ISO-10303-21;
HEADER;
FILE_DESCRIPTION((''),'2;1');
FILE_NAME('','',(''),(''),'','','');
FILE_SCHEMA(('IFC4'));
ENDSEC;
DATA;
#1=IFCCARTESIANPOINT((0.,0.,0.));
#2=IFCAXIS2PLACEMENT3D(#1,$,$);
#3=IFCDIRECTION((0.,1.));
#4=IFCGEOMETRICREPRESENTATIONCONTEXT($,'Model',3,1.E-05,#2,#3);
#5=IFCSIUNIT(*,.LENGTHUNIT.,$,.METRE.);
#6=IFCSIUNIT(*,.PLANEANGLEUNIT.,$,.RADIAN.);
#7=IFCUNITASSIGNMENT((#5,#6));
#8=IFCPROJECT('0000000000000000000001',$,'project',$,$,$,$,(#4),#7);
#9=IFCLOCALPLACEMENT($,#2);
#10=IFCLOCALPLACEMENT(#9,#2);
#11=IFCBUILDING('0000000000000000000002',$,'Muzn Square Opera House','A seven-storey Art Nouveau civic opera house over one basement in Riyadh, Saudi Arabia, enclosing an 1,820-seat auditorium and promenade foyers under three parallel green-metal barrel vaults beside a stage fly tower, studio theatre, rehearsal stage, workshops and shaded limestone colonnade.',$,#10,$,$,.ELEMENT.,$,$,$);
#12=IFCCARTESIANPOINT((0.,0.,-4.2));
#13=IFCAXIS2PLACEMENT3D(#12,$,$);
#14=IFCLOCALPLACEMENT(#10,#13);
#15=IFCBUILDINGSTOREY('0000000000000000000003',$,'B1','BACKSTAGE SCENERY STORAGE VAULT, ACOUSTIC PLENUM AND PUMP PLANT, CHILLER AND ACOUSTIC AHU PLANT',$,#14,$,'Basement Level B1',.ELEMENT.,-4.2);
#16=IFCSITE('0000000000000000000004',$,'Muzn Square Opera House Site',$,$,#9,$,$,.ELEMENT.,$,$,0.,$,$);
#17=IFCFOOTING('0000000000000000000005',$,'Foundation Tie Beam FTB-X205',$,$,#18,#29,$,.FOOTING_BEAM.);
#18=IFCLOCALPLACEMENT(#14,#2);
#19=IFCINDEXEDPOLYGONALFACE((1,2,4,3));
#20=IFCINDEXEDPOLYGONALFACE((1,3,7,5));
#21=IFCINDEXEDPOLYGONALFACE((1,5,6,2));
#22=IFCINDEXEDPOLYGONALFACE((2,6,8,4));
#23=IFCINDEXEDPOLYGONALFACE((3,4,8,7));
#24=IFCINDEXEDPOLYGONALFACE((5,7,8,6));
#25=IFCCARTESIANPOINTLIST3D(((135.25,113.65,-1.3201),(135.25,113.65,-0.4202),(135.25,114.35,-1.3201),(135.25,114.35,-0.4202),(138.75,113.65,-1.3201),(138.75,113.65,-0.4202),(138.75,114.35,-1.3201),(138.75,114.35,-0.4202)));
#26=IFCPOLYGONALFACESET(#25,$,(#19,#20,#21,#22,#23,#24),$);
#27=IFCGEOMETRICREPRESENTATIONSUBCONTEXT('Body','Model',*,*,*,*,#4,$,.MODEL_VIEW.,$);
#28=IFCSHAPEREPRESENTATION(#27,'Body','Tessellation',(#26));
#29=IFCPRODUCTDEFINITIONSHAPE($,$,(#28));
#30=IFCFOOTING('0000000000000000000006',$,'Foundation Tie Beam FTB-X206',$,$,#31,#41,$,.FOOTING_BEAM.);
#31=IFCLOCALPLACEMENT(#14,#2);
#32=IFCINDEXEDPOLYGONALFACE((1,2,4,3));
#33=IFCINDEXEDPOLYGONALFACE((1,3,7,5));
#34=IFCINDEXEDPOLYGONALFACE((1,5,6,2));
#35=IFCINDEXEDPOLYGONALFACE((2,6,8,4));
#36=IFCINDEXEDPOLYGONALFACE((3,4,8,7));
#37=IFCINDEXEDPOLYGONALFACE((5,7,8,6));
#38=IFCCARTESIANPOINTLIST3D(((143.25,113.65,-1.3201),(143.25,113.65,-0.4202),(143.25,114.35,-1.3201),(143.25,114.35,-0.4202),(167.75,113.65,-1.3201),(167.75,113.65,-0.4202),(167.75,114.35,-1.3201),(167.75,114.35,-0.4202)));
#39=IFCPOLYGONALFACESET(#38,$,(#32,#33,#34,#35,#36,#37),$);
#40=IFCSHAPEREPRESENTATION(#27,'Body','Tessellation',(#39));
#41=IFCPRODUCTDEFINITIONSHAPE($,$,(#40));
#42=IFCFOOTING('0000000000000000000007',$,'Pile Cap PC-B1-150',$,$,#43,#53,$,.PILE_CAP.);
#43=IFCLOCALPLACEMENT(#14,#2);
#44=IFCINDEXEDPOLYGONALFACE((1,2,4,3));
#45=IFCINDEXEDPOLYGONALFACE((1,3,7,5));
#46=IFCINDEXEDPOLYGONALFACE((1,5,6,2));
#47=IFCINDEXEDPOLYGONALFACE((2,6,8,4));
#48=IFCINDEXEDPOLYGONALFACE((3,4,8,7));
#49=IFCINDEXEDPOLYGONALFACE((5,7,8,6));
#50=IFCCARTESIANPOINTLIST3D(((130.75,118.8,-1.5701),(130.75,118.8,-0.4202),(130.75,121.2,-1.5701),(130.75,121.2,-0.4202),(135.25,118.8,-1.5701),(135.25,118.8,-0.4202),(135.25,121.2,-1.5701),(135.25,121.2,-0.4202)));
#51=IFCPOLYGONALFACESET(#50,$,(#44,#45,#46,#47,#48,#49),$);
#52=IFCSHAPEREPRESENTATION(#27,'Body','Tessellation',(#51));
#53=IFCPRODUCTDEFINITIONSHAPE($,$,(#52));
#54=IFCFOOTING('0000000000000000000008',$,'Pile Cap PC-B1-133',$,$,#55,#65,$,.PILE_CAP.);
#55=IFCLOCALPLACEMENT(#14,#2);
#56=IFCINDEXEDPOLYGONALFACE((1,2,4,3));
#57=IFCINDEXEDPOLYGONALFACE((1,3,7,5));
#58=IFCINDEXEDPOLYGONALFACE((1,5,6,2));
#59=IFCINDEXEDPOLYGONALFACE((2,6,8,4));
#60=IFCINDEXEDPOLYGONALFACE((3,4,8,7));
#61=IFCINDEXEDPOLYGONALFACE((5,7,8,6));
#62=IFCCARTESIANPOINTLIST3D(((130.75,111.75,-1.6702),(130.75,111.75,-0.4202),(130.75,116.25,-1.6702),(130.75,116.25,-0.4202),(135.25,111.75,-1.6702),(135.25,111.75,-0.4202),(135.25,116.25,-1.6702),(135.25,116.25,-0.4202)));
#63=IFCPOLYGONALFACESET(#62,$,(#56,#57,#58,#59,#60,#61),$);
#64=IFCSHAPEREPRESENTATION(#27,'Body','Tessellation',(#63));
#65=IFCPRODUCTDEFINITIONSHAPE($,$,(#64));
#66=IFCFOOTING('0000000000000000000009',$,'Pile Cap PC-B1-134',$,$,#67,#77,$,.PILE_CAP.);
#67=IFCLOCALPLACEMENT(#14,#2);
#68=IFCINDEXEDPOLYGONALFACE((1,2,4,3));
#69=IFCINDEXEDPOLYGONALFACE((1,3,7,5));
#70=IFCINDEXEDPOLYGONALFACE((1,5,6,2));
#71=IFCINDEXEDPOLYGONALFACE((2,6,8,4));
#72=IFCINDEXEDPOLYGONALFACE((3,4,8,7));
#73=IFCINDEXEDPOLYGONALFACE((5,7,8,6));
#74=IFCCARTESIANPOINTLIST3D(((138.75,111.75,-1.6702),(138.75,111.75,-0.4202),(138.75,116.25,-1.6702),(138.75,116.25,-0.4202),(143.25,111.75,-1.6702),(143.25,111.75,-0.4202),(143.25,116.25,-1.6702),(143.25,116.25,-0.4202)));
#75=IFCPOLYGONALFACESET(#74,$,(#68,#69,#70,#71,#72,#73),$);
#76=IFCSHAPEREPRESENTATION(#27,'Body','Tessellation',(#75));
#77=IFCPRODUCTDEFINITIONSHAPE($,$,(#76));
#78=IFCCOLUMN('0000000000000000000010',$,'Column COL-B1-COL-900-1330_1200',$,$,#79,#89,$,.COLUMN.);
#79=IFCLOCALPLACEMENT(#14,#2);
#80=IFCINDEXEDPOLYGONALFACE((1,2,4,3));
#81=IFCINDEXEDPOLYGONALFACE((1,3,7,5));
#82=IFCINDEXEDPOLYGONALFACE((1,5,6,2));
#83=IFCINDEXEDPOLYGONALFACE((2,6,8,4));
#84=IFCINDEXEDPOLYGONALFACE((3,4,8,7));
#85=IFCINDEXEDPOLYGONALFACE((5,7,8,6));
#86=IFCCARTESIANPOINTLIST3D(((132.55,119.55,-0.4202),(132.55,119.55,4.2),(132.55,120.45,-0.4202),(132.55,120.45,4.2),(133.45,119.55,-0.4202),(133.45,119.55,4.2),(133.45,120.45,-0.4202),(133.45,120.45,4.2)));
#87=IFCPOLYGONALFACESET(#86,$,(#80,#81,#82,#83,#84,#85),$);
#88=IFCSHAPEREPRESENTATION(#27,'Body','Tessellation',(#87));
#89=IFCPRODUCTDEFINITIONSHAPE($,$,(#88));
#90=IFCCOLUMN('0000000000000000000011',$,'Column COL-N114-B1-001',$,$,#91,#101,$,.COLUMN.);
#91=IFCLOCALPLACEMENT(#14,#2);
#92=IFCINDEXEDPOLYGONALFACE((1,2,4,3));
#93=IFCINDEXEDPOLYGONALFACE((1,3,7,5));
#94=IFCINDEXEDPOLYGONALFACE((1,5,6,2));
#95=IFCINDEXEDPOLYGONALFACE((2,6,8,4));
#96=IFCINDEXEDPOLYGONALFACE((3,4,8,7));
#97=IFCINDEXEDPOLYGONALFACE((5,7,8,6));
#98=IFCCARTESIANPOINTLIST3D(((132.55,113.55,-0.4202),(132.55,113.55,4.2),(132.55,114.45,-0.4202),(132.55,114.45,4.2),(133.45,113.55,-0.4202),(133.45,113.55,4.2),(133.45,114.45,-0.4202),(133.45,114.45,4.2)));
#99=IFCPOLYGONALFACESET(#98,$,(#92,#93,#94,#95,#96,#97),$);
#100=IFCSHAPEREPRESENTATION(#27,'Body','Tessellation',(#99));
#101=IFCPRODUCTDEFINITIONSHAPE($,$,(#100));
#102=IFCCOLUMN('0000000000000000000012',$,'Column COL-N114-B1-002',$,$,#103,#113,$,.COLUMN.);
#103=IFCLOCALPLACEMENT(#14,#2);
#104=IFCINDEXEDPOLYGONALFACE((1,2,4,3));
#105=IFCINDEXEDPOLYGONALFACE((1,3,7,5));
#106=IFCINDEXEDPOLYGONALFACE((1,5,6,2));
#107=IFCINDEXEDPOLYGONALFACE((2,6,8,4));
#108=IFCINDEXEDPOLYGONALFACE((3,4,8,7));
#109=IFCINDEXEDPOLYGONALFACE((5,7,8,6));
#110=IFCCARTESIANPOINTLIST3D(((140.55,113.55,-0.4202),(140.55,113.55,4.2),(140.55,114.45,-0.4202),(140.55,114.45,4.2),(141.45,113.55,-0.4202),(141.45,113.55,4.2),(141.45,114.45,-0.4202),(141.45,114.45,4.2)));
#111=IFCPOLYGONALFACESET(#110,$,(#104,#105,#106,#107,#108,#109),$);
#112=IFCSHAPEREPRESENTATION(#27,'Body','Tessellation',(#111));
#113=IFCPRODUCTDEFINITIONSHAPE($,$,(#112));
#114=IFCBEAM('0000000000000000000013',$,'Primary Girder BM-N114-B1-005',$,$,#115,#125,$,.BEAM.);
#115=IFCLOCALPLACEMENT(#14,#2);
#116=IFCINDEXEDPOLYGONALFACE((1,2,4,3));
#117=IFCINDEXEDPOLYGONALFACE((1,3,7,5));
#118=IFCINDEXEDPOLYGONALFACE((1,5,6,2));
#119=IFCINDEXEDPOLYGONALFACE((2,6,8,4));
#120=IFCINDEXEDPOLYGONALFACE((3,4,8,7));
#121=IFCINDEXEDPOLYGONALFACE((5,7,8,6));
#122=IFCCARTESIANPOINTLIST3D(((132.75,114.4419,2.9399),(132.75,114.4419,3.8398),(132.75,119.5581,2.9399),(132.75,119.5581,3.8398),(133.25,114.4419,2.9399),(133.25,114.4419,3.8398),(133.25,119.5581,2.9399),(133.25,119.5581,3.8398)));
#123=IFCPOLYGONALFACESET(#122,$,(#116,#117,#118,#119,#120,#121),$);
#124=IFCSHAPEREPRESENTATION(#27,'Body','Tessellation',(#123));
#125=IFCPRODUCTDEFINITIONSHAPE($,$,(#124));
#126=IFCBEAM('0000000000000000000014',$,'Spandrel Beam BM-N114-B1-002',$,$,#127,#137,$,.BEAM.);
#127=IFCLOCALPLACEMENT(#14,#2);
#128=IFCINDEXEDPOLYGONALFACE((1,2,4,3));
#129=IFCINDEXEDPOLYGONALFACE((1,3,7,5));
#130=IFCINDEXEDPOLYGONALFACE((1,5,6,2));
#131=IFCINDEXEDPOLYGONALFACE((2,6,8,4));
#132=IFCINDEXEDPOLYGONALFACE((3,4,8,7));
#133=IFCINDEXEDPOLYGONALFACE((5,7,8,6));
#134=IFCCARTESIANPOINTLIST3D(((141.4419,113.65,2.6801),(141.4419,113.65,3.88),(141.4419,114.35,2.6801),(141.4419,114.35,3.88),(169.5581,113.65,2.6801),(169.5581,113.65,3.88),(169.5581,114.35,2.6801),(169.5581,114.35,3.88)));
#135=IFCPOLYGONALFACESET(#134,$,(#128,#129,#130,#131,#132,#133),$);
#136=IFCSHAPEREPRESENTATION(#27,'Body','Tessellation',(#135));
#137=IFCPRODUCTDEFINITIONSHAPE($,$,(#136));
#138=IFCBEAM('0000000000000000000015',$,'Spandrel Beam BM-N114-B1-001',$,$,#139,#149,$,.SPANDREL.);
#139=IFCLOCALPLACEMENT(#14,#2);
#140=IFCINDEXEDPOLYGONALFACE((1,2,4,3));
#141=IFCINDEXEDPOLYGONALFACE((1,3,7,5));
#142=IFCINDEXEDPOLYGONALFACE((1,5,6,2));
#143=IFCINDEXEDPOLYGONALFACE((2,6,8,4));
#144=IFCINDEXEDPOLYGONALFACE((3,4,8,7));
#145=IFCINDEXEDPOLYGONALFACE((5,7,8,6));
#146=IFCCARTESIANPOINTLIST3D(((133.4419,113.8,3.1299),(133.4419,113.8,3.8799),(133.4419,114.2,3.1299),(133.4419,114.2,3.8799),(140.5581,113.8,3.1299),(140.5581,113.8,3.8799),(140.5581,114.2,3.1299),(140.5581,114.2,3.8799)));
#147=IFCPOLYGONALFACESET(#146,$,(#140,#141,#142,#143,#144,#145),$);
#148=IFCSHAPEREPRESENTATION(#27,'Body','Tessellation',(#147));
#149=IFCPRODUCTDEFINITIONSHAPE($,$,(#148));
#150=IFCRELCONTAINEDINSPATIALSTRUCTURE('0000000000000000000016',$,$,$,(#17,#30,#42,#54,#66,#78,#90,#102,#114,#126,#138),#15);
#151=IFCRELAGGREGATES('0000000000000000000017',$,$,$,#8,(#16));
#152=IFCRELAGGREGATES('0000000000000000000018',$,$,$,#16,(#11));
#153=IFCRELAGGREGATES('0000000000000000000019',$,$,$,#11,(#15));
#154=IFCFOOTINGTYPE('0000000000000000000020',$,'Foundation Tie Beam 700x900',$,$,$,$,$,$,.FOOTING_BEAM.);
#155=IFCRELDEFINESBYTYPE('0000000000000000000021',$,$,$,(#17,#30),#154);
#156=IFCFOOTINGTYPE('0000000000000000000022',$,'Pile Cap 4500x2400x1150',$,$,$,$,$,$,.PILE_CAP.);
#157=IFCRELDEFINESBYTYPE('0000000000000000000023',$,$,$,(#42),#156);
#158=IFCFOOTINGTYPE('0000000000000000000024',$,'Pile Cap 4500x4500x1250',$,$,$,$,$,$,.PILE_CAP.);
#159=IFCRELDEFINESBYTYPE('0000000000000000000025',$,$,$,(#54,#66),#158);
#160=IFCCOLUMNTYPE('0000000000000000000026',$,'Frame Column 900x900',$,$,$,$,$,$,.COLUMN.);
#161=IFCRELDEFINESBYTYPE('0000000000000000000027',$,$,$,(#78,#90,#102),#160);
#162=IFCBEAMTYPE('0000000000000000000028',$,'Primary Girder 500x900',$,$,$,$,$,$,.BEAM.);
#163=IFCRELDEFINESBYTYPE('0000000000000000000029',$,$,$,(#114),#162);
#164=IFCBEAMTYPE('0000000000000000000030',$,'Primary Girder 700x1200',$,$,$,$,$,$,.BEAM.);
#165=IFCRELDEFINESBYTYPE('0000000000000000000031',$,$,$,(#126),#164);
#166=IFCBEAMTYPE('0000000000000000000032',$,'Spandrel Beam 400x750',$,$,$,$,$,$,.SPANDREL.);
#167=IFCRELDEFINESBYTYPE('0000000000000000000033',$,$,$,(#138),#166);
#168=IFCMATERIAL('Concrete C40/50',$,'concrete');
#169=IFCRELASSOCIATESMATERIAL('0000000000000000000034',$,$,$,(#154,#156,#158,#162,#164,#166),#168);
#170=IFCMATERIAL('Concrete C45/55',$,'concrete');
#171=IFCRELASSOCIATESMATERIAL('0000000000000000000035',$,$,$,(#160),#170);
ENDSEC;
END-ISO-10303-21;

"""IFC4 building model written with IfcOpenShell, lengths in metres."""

from ifc_helpers import new_model, si_unit, direction, frame, origin, origin_2d, place, context, subcontext, project, spatial, rectangle, extrude, material, material_profile, profile_set, type_object, element, save


model = new_model("IFC4")

# Units and contexts
model_context = context("Model", 3, precision=1e-05, world=origin(), true_north=direction((0.0, 1.0)))
body_context = subcontext(model_context, "Body", "Model", "MODEL_VIEW")
ifc_project = project(units=[si_unit("LENGTHUNIT", "METRE"), si_unit("PLANEANGLEUNIT", "RADIAN")], contexts=[model_context])

# Site, building, storey
site_placement = place(None, origin())
site = spatial("IfcSite", under=ifc_project, at=site_placement, Name="Muzn Square Opera House Site", CompositionType="ELEMENT", RefElevation=0.0)
building_placement = place(site_placement, origin())
building = spatial("IfcBuilding", under=site, at=building_placement, Name="Muzn Square Opera House", Description="A seven-storey Art Nouveau civic opera house over one basement in Riyadh, Saudi Arabia, enclosing an 1,820-seat auditorium and promenade foyers under three parallel green-metal barrel vaults beside a stage fly tower, studio theatre, rehearsal stage, workshops and shaded limestone colonnade.", CompositionType="ELEMENT")
storey_placement = place(building_placement, frame((0.0, 0.0, -4.2)))
storey = spatial("IfcBuildingStorey", under=building, at=storey_placement, Name="B1", Description="BACKSTAGE SCENERY STORAGE VAULT, ACOUSTIC PLENUM AND PUMP PLANT, CHILLER AND ACOUSTIC AHU PLANT", LongName="Basement Level B1", CompositionType="ELEMENT", Elevation=-4.2)

# Shared definitions
ifc_material_1 = material(Name="Concrete C40/50", Category="concrete")

# Footings
ifc_material_profile_1 = material_profile(ifc_material_1, rectangle(XDim=0.7, YDim=0.8999, at=origin_2d()), Name="RCTB 700x900", Category="concrete")
ifc_profile_set_1 = profile_set([ifc_material_profile_1], Name="Concrete C40/50")
footing_type_1 = type_object("IfcFootingType", Name="Foundation Tie Beam 700x900", PredefinedType="FOOTING_BEAM", material=ifc_profile_set_1)
footing_1_placement = place(storey_placement, frame((135.25, 114.0, -0.8701), z_axis=(1.0, 0.0, 0.0), x_axis=(0.0, 1.0, 0.0)))
element("IfcFooting", 1, at=footing_1_placement, inside=storey, type_object=footing_type_1, Name="Foundation Tie Beam FTB-X205", PredefinedType="FOOTING_BEAM", context=body_context, shape_type="SweptSolid", body=[
    extrude(rectangle(XDim=0.7, YDim=0.8999, at=origin_2d()), origin(), (0.0, 0.0, 1.0), 3.5),
])
footing_2_placement = place(storey_placement, frame((143.25, 114.0, -0.8701), z_axis=(1.0, 0.0, 0.0), x_axis=(0.0, 1.0, 0.0)))
element("IfcFooting", 2, at=footing_2_placement, inside=storey, type_object=footing_type_1, Name="Foundation Tie Beam FTB-X206", PredefinedType="FOOTING_BEAM", context=body_context, shape_type="SweptSolid", body=[
    extrude(rectangle(XDim=0.7, YDim=0.8999, at=origin_2d()), origin(), (0.0, 0.0, 1.0), 24.5),
])
footing_type_2 = type_object("IfcFootingType", Name="Pile Cap 4500x2400x1150", PredefinedType="PILE_CAP", material=ifc_material_1)
footing_3_placement = place(storey_placement, frame((133.0, 120.0, -1.5701), z_axis=(0.0, 0.0, 1.0), x_axis=(1.0, 0.0, 0.0)))
element("IfcFooting", 3, at=footing_3_placement, inside=storey, type_object=footing_type_2, Name="Pile Cap PC-B1-150", PredefinedType="PILE_CAP", context=body_context, shape_type="SweptSolid", body=[
    extrude(rectangle(XDim=4.5, YDim=2.3999, at=origin_2d()), origin(), (0.0, 0.0, 1.0), 1.1499),
])
footing_type_3 = type_object("IfcFootingType", Name="Pile Cap 4500x4500x1250", PredefinedType="PILE_CAP", material=ifc_material_1)
for number, where, z_axis, x_axis, name in (
    (4, (133.0, 114.0, -1.6702), (0.0, 0.0, 1.0), (1.0, 0.0, 0.0), "Pile Cap PC-B1-133"),
    (5, (141.0, 114.0, -1.6702), (0.0, 0.0, 1.0), (1.0, 0.0, 0.0), "Pile Cap PC-B1-134"),
):
    element("IfcFooting", number, at=place(storey_placement, frame(where, z_axis=z_axis, x_axis=x_axis)), inside=storey, type_object=footing_type_3, Name=name, PredefinedType="PILE_CAP", context=body_context, shape_type="SweptSolid", body=[
        extrude(rectangle(XDim=4.5, YDim=4.5, at=origin_2d()), origin(), (0.0, 0.0, 1.0), 1.25),
    ])

# Columns
ifc_material_2 = material(Name="Concrete C45/55", Category="concrete")
ifc_material_profile_2 = material_profile(ifc_material_2, rectangle(XDim=0.8999, YDim=0.8999, at=origin_2d()), Name="RC 900x900", Category="concrete")
ifc_profile_set_2 = profile_set([ifc_material_profile_2], Name="Concrete C45/55")
column_type = type_object("IfcColumnType", Name="Frame Column 900x900", PredefinedType="COLUMN", material=ifc_profile_set_2)
for number, where, z_axis, x_axis, name in (
    (6, (133.0, 120.0, -0.4202), (0.0, 0.0, 1.0), (1.0, 0.0, 0.0), "Column COL-B1-COL-900-1330_1200"),
    (7, (133.0, 114.0, -0.4202), (0.0, 0.0, 1.0), (1.0, 0.0, 0.0), "Column COL-N114-B1-001"),
    (8, (141.0, 114.0, -0.4202), (0.0, 0.0, 1.0), (1.0, 0.0, 0.0), "Column COL-N114-B1-002"),
):
    element("IfcColumn", number, at=place(storey_placement, frame(where, z_axis=z_axis, x_axis=x_axis)), inside=storey, type_object=column_type, Name=name, PredefinedType="COLUMN", context=body_context, shape_type="SweptSolid", body=[
        extrude(rectangle(XDim=0.8999, YDim=0.8999, at=origin_2d()), origin(), (0.0, 0.0, 1.0), 4.6201),
    ])

# Beams
ifc_material_profile_3 = material_profile(ifc_material_1, rectangle(XDim=0.5, YDim=0.8999, at=origin_2d()), Name="RCB 500x900", Category="concrete")
ifc_profile_set_3 = profile_set([ifc_material_profile_3], Name="Concrete C40/50")
beam_type_1 = type_object("IfcBeamType", Name="Primary Girder 500x900", PredefinedType="BEAM", material=ifc_profile_set_3)
beam_1_placement = place(storey_placement, frame((133.0, 114.4419, 3.3899), z_axis=(0.0, 1.0, 0.0), x_axis=(-1.0, 0.0, 0.0)))
element("IfcBeam", 9, at=beam_1_placement, inside=storey, type_object=beam_type_1, Name="Primary Girder BM-N114-B1-005", PredefinedType="BEAM", context=body_context, shape_type="SweptSolid", body=[
    extrude(rectangle(XDim=0.5, YDim=0.8999, at=origin_2d()), origin(), (0.0, 0.0, 1.0), 5.1162),
])
ifc_material_profile_4 = material_profile(ifc_material_1, rectangle(XDim=0.7, YDim=1.2, at=origin_2d()), Name="RCB 700x1200", Category="concrete")
ifc_profile_set_4 = profile_set([ifc_material_profile_4], Name="Concrete C40/50")
beam_type_2 = type_object("IfcBeamType", Name="Primary Girder 700x1200", PredefinedType="BEAM", material=ifc_profile_set_4)
beam_2_placement = place(storey_placement, frame((141.4419, 114.0, 3.28), z_axis=(1.0, 0.0, 0.0), x_axis=(0.0, 1.0, 0.0)))
element("IfcBeam", 10, at=beam_2_placement, inside=storey, type_object=beam_type_2, Name="Spandrel Beam BM-N114-B1-002", PredefinedType="BEAM", context=body_context, shape_type="SweptSolid", body=[
    extrude(rectangle(XDim=0.7, YDim=1.2, at=origin_2d()), origin(), (0.0, 0.0, 1.0), 28.1162),
])
ifc_material_profile_5 = material_profile(ifc_material_1, rectangle(XDim=0.3999, YDim=0.75, at=origin_2d()), Name="RCS 400x750", Category="concrete")
ifc_profile_set_5 = profile_set([ifc_material_profile_5], Name="Concrete C40/50")
beam_type_3 = type_object("IfcBeamType", Name="Spandrel Beam 400x750", PredefinedType="SPANDREL", material=ifc_profile_set_5)
beam_3_placement = place(storey_placement, frame((133.4419, 114.0, 3.5049), z_axis=(1.0, 0.0, 0.0), x_axis=(0.0, 1.0, 0.0)))
element("IfcBeam", 11, at=beam_3_placement, inside=storey, type_object=beam_type_3, Name="Spandrel Beam BM-N114-B1-001", PredefinedType="SPANDREL", context=body_context, shape_type="SweptSolid", body=[
    extrude(rectangle(XDim=0.3999, YDim=0.75, at=origin_2d()), origin(), (0.0, 0.0, 1.0), 7.1162),
])

save(model, "model.ifc")
